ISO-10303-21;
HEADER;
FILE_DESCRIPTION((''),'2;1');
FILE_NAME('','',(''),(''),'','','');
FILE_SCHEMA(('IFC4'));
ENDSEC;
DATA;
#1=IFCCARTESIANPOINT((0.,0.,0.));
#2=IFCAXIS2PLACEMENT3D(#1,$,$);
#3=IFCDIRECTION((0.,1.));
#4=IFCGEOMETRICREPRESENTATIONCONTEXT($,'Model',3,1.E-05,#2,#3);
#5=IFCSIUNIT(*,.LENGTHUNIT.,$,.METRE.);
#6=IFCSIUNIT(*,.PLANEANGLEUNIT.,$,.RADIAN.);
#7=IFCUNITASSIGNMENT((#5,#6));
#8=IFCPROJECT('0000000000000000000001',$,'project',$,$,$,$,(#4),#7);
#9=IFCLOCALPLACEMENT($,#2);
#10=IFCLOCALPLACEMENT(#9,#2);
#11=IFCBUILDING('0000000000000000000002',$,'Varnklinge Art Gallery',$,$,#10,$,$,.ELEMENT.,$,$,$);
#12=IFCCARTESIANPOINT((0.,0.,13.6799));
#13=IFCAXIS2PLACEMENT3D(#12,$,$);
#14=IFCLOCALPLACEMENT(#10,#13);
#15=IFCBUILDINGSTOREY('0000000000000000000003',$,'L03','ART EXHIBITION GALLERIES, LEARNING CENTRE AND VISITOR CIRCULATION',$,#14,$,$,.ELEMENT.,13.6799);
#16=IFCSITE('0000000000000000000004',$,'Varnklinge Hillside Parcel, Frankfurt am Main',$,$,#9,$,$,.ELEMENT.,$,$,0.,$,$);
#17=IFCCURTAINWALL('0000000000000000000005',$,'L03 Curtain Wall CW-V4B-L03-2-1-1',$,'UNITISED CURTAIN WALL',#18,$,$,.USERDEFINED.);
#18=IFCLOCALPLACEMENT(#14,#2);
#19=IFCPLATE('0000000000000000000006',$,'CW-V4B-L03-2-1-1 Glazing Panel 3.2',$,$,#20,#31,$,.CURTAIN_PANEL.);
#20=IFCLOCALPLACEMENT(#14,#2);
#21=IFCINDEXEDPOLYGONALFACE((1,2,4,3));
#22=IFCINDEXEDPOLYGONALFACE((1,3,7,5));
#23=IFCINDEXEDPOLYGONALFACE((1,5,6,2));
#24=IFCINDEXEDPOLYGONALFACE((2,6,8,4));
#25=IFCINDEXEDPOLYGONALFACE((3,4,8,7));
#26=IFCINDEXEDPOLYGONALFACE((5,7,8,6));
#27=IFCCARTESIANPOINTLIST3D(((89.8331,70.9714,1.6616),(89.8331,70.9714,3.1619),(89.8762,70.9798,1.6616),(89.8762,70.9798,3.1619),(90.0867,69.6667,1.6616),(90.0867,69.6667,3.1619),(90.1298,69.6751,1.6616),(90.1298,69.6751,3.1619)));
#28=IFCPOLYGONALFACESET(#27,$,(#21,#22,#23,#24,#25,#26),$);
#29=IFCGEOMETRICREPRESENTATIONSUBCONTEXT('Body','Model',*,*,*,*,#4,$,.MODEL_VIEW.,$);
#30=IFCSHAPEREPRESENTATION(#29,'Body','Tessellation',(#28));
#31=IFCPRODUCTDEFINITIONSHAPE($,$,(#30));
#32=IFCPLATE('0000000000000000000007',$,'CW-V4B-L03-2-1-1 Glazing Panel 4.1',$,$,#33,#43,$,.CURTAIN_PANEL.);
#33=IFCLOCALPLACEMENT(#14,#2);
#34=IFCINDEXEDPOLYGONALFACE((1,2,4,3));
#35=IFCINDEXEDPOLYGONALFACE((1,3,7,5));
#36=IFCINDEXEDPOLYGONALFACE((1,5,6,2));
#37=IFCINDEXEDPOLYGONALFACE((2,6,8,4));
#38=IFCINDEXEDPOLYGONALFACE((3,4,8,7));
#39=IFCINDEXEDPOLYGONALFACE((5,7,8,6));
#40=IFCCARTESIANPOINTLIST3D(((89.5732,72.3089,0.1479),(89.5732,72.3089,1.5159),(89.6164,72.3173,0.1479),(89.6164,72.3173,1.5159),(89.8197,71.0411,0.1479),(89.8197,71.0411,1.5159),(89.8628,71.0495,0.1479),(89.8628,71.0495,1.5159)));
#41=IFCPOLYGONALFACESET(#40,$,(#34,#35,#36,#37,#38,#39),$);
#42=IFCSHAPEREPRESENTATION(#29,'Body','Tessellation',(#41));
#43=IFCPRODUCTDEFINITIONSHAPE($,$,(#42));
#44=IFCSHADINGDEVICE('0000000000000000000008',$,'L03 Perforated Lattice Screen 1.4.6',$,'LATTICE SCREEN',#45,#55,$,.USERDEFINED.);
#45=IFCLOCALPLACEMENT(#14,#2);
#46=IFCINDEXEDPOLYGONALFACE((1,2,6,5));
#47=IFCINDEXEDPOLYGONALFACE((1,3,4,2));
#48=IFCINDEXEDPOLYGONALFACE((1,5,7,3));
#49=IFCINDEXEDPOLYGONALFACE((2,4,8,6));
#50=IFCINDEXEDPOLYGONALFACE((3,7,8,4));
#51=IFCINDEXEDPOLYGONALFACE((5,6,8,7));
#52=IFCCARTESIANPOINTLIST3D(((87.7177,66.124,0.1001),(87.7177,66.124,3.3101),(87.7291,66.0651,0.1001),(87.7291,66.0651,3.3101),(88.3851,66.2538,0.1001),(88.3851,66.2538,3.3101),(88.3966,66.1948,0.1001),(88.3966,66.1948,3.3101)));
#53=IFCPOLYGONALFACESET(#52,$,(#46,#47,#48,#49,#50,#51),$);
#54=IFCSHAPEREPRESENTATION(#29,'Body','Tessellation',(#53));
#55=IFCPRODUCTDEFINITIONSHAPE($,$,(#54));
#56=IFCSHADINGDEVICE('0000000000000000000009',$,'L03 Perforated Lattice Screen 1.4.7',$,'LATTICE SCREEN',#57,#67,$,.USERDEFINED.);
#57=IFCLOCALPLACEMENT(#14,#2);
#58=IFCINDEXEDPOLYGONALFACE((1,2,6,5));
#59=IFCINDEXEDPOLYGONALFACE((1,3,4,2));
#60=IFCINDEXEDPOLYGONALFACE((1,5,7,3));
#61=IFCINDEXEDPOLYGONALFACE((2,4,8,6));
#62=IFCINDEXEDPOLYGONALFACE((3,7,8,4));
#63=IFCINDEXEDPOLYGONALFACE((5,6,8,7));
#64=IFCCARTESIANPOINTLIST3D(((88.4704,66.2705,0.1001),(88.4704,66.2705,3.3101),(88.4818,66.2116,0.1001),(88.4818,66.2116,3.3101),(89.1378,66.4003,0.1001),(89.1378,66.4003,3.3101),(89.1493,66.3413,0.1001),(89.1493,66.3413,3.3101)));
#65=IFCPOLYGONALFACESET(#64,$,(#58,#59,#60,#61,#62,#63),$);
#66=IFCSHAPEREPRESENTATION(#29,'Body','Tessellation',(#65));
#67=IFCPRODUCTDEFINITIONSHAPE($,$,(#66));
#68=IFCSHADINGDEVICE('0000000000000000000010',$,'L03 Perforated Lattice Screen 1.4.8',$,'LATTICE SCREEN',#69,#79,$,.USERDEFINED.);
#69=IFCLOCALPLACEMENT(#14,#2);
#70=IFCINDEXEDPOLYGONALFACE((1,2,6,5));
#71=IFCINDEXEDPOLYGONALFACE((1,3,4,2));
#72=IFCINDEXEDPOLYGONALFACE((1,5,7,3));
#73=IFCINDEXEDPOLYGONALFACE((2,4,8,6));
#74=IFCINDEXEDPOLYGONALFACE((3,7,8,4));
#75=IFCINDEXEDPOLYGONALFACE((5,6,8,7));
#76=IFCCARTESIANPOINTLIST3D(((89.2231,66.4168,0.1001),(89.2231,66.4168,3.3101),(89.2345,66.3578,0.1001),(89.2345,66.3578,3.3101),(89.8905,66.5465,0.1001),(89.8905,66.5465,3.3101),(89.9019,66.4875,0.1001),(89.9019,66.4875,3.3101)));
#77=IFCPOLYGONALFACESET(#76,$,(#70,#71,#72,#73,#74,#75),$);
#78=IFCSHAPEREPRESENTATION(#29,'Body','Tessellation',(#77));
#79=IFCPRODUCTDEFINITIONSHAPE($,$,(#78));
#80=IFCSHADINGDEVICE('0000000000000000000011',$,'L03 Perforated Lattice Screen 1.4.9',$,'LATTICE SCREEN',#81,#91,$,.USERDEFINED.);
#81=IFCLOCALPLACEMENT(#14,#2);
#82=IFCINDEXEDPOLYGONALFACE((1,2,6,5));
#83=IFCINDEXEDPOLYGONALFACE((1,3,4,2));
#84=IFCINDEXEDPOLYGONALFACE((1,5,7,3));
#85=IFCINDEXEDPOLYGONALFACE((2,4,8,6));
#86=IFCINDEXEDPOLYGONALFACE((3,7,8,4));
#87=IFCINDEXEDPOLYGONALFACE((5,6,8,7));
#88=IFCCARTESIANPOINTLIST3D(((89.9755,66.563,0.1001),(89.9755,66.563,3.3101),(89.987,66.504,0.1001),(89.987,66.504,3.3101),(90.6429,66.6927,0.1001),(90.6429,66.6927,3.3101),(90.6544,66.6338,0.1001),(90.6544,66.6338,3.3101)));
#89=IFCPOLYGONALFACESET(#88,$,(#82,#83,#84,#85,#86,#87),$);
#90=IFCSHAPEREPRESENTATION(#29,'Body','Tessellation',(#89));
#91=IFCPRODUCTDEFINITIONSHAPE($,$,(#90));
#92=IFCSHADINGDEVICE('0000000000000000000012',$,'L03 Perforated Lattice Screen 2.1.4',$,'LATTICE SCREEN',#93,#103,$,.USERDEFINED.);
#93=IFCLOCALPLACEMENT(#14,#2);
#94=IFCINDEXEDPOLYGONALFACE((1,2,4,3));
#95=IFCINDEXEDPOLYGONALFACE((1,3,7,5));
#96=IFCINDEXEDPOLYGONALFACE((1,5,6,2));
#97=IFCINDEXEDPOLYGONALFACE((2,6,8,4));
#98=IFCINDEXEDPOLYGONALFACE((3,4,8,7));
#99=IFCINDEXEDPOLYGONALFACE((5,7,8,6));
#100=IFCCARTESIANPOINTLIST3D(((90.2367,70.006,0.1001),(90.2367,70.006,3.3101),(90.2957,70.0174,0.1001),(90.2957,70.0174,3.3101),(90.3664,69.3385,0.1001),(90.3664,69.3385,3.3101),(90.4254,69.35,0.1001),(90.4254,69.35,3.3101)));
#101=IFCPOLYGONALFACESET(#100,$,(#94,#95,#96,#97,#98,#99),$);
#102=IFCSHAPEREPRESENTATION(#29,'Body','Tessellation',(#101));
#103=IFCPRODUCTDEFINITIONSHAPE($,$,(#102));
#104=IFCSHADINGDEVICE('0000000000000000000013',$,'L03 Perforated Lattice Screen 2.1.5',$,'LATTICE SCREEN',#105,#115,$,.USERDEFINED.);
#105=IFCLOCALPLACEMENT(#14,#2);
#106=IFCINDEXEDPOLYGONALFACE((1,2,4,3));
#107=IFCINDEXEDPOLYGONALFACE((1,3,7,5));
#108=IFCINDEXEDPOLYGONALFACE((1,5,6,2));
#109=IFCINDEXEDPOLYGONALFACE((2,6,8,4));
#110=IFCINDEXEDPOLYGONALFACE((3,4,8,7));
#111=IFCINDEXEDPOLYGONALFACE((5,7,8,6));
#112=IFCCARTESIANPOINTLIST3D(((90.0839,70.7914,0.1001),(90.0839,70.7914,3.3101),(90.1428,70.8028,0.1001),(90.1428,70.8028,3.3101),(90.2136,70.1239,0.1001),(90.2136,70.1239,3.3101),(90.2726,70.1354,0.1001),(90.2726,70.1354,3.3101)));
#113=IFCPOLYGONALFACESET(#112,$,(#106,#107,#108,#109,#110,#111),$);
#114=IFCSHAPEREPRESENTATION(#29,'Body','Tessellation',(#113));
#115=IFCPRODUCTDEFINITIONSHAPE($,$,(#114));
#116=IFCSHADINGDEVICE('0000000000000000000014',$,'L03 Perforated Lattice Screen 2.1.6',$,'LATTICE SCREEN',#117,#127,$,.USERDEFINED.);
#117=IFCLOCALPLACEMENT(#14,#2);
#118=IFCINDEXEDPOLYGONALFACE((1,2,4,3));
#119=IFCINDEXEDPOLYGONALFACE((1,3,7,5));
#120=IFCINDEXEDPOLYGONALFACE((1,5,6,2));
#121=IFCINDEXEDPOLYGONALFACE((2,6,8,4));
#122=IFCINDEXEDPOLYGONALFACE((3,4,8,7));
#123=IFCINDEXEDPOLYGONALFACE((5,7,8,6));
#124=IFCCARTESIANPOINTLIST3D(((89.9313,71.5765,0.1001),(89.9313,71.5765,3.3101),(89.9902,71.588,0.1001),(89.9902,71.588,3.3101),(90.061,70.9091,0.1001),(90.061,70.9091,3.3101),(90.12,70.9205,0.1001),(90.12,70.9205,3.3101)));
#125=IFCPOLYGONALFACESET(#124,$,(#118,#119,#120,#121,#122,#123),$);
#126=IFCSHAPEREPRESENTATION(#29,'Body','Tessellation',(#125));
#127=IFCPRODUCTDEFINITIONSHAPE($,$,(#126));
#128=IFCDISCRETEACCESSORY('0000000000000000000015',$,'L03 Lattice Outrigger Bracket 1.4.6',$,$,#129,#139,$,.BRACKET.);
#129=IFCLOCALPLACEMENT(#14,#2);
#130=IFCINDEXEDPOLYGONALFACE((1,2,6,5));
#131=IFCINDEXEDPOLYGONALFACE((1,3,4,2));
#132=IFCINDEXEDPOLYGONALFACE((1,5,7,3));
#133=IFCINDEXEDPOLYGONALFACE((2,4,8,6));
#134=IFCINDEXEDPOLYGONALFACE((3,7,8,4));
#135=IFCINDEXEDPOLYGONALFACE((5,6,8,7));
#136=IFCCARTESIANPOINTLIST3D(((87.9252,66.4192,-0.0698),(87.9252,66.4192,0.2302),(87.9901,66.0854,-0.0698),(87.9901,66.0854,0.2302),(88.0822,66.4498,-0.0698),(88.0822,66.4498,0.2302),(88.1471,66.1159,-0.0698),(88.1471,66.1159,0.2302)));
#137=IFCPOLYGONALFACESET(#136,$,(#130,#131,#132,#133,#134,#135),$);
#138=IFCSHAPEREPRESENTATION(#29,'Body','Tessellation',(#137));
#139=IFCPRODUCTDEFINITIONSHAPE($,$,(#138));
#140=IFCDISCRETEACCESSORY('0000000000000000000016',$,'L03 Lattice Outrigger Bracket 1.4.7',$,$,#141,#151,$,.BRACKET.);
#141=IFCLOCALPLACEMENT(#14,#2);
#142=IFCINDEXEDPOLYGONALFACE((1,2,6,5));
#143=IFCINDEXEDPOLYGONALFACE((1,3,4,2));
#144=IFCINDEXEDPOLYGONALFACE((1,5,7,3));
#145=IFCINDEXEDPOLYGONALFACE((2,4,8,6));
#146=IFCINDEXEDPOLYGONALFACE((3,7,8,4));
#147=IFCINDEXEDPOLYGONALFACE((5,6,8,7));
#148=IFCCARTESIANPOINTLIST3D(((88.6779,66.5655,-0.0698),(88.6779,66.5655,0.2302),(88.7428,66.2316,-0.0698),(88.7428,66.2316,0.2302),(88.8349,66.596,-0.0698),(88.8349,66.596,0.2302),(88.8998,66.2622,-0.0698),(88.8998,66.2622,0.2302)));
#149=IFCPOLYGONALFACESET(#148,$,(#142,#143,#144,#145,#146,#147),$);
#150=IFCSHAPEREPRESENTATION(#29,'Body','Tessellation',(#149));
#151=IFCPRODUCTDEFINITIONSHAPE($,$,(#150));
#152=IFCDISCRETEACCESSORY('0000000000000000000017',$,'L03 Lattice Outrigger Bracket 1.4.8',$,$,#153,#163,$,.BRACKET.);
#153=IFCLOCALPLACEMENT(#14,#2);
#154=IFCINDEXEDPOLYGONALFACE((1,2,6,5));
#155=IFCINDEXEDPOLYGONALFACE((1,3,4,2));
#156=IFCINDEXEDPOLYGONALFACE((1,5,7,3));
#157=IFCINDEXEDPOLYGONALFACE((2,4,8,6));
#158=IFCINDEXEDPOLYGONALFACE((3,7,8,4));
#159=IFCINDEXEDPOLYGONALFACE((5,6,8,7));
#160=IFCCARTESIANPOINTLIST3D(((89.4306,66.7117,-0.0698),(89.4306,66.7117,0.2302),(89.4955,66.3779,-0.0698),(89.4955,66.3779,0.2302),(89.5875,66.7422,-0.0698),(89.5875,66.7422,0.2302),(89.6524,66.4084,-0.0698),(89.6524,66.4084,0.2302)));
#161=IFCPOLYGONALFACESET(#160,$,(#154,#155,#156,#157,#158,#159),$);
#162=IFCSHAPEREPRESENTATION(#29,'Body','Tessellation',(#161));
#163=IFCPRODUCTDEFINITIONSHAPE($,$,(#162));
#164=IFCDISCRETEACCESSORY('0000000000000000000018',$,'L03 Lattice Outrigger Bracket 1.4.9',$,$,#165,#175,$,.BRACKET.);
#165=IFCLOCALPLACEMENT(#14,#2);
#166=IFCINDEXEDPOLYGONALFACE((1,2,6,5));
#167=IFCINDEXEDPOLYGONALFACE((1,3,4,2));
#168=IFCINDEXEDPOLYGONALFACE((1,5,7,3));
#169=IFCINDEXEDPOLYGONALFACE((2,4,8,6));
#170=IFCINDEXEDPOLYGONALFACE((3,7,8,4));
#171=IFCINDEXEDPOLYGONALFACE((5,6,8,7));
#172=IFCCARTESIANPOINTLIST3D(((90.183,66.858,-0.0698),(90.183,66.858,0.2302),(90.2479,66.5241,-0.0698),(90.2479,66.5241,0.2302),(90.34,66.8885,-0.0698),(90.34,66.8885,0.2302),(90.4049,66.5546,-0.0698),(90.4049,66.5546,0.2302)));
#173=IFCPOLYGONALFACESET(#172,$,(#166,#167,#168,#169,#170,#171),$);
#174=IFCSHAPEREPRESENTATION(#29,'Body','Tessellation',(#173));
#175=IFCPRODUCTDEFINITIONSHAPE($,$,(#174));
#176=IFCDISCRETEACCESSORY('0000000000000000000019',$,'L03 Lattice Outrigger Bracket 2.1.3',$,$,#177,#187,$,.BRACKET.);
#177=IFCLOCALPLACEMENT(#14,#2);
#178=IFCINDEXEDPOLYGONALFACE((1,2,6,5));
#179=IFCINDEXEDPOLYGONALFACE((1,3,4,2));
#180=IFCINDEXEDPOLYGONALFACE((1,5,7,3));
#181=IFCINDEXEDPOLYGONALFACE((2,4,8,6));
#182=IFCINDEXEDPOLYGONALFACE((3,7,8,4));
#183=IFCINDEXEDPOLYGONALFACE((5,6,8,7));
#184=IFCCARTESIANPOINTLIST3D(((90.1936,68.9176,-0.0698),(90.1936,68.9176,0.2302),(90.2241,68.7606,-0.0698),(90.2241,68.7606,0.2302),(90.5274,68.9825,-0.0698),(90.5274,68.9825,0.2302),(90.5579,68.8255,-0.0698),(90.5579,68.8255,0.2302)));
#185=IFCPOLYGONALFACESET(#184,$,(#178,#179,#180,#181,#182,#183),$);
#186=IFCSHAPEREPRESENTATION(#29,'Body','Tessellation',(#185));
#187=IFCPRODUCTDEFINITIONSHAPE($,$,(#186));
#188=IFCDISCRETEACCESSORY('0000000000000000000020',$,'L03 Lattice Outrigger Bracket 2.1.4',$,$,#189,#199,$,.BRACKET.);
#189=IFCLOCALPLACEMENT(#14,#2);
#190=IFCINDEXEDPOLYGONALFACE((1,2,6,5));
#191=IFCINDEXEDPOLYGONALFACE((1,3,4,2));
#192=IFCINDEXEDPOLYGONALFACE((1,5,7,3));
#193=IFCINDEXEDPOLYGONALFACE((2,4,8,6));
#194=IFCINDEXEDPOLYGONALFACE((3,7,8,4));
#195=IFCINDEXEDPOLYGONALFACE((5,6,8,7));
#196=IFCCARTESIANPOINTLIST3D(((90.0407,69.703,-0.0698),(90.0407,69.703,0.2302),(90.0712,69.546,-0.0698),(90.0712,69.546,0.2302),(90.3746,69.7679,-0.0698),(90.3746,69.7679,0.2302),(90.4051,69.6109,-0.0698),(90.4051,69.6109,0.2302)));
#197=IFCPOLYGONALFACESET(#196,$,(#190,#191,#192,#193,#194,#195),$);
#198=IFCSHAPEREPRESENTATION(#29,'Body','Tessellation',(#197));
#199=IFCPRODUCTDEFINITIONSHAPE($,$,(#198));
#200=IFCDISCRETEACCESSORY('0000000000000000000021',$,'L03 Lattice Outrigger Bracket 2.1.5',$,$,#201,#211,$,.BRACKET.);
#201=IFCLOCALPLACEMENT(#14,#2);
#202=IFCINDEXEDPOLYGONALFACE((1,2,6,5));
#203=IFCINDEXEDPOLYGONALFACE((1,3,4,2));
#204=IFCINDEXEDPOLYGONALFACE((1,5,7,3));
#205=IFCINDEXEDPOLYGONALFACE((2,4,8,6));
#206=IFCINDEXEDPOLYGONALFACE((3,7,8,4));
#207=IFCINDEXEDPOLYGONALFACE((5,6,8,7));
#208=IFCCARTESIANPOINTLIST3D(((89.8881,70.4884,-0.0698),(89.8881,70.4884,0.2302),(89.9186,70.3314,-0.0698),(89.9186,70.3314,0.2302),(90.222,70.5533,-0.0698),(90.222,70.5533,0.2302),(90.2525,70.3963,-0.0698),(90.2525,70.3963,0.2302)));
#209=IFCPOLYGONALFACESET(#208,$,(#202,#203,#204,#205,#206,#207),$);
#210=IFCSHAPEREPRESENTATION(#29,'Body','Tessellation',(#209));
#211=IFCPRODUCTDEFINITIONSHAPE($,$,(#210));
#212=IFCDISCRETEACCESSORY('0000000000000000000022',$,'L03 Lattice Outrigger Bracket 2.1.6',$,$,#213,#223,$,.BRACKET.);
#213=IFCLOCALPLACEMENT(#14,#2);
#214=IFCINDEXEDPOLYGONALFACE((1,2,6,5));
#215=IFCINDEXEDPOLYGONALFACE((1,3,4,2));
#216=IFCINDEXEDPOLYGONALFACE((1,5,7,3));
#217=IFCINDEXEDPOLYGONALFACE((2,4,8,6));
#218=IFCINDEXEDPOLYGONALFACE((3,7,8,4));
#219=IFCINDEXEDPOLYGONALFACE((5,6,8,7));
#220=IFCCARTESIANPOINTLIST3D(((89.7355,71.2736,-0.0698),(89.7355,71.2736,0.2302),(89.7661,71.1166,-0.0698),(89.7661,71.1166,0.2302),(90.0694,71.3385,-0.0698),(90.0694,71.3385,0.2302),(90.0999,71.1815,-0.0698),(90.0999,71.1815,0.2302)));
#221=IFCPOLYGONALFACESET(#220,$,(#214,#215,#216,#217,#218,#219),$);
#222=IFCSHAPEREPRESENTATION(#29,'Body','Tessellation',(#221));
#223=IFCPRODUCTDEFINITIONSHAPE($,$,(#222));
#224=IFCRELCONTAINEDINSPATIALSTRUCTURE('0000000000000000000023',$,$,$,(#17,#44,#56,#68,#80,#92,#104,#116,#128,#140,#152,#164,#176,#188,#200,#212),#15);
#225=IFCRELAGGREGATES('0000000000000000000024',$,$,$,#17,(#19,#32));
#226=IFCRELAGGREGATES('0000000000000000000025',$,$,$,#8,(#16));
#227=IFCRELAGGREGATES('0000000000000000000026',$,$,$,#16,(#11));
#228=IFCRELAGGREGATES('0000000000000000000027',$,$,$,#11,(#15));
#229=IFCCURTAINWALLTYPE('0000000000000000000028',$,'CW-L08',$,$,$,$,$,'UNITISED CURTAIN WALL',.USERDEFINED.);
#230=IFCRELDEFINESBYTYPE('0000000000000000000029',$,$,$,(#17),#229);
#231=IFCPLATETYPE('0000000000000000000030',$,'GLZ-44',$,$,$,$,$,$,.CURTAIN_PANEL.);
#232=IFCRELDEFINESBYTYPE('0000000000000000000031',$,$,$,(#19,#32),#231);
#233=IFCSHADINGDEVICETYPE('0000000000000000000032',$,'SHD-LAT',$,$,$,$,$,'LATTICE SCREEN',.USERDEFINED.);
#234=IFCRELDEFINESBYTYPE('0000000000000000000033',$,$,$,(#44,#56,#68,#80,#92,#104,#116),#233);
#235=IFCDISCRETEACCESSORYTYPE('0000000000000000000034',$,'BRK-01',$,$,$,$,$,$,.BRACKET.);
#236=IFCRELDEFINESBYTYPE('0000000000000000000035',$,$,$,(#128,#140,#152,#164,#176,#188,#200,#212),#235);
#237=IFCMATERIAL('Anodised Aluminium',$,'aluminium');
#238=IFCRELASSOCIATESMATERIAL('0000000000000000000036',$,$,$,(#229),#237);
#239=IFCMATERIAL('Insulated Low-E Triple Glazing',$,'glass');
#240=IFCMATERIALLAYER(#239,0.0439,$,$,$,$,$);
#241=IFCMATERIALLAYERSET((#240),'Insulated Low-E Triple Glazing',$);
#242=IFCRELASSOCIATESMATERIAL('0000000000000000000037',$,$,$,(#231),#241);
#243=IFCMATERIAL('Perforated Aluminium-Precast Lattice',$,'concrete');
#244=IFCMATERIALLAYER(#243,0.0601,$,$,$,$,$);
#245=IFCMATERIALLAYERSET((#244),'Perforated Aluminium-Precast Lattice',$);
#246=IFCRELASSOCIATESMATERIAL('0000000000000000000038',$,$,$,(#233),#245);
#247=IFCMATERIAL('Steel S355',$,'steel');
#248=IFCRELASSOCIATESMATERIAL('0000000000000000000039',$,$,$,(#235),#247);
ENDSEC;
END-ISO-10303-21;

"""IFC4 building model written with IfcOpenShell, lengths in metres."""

from ifc_helpers import new_model, si_unit, direction, frame, origin, origin_2d, place, context, subcontext, project, spatial, rectangle, extrude, material, layer, layer_set, type_object, element, aggregate, save


model = new_model("IFC4")

# Units and contexts
model_context = context("Model", 3, precision=1e-05, world=origin(), true_north=direction((0.0, 1.0)))
body_context = subcontext(model_context, "Body", "Model", "MODEL_VIEW")
ifc_project = project(units=[si_unit("LENGTHUNIT", "METRE"), si_unit("PLANEANGLEUNIT", "RADIAN")], contexts=[model_context])

# Site, building, storey
site_placement = place(None, origin())
site = spatial("IfcSite", under=ifc_project, at=site_placement, Name="Varnklinge Hillside Parcel, Frankfurt am Main", CompositionType="ELEMENT", RefElevation=0.0)
building_placement = place(site_placement, origin())
building = spatial("IfcBuilding", under=site, at=building_placement, Name="Varnklinge Art Gallery", CompositionType="ELEMENT")
storey_placement = place(building_placement, frame((0.0, 0.0, 13.6799)))
storey = spatial("IfcBuildingStorey", under=building, at=storey_placement, Name="L03", Description="ART EXHIBITION GALLERIES, LEARNING CENTRE AND VISITOR CIRCULATION", CompositionType="ELEMENT", Elevation=13.6799)

# Curtain wall
ifc_material_1 = material(Name="Anodised Aluminium", Category="aluminium")
curtain_wall_type_1 = type_object("IfcCurtainWallType", Name="CW-L08", ElementType="UNITISED CURTAIN WALL", PredefinedType="USERDEFINED", material=ifc_material_1)
curtain_wall_1_placement = place(storey_placement, origin())
curtain_wall_1 = element("IfcCurtainWall", 1, at=curtain_wall_1_placement, inside=storey, type_object=curtain_wall_type_1, Name="L03 Curtain Wall CW-V4B-L03-2-1-1", ObjectType="UNITISED CURTAIN WALL", PredefinedType="USERDEFINED")

# Plates
ifc_material_2 = material(Name="Insulated Low-E Triple Glazing", Category="glass")
ifc_layer_1 = layer(ifc_material_2, 0.0439)
ifc_layer_set_1 = layer_set([ifc_layer_1], Name="Insulated Low-E Triple Glazing")
plate_type = type_object("IfcPlateType", Name="GLZ-44", PredefinedType="CURTAIN_PANEL", material=ifc_layer_set_1)
plate_1_placement = place(storey_placement, frame((89.9814, 70.3232, 1.6616), z_axis=(0.0, 0.0, 1.0), x_axis=(-0.190809, 0.981627, 0.0)))
plate_1 = element("IfcPlate", 2, at=plate_1_placement, type_object=plate_type, Name="CW-V4B-L03-2-1-1 Glazing Panel 3.2", PredefinedType="CURTAIN_PANEL", context=body_context, shape_type="SweptSolid", body=[
    extrude(rectangle(XDim=1.3291, YDim=0.0439, at=origin_2d()), origin(), (0.0, 0.0, 1.0), 1.5002),
])
plate_2_placement = place(storey_placement, frame((89.718, 71.6792, 0.1479), z_axis=(0.0, 0.0, 1.0), x_axis=(-0.190809, 0.981627, 0.0)))
plate_2 = element("IfcPlate", 3, at=plate_2_placement, type_object=plate_type, Name="CW-V4B-L03-2-1-1 Glazing Panel 4.1", PredefinedType="CURTAIN_PANEL", context=body_context, shape_type="SweptSolid", body=[
    extrude(rectangle(XDim=1.2915, YDim=0.0439, at=origin_2d()), origin(), (0.0, 0.0, 1.0), 1.3679),
])
aggregate(curtain_wall_1, [plate_1, plate_2])

# Shading devices
ifc_material_3 = material(Name="Perforated Aluminium-Precast Lattice", Category="concrete")
ifc_layer_2 = layer(ifc_material_3, 0.0601)
ifc_layer_set_2 = layer_set([ifc_layer_2], Name="Perforated Aluminium-Precast Lattice")
shading_device_type = type_object("IfcShadingDeviceType", Name="SHD-LAT", ElementType="LATTICE SCREEN", PredefinedType="USERDEFINED", material=ifc_layer_set_2)
for number, where, z_axis, x_axis, name in (
    (4, (88.0571, 66.1594, 0.1001), (0.0, 0.0, 1.0), (0.981627, 0.190809, 0.0), "L03 Perforated Lattice Screen 1.4.6"),
    (5, (88.8098, 66.3059, 0.1001), (0.0, 0.0, 1.0), (0.981627, 0.190809, 0.0), "L03 Perforated Lattice Screen 1.4.7"),
    (6, (89.5625, 66.4521, 0.1001), (0.0, 0.0, 1.0), (0.981627, 0.190809, 0.0), "L03 Perforated Lattice Screen 1.4.8"),
    (7, (90.3149, 66.5984, 0.1001), (0.0, 0.0, 1.0), (0.981627, 0.190809, 0.0), "L03 Perforated Lattice Screen 1.4.9"),
    (8, (90.3311, 69.678, 0.1001), (0.0, 0.0, 1.0), (-0.190809, 0.981627, 0.0), "L03 Perforated Lattice Screen 2.1.4"),
    (9, (90.1782, 70.4634, 0.1001), (0.0, 0.0, 1.0), (-0.190809, 0.981627, 0.0), "L03 Perforated Lattice Screen 2.1.5"),
    (10, (90.0256, 71.2485, 0.1001), (0.0, 0.0, 1.0), (-0.190809, 0.981627, 0.0), "L03 Perforated Lattice Screen 2.1.6"),
):
    element("IfcShadingDevice", number, at=place(storey_placement, frame(where, z_axis=z_axis, x_axis=x_axis)), inside=storey, type_object=shading_device_type, Name=name, ObjectType="LATTICE SCREEN", PredefinedType="USERDEFINED", context=body_context, shape_type="SweptSolid", body=[
        extrude(rectangle(XDim=0.6799, YDim=0.0601, at=origin_2d()), origin(), (0.0, 0.0, 1.0), 3.21),
    ])

# Discrete accessories
ifc_material_4 = material(Name="Steel S355", Category="steel")
discrete_accessory_type = type_object("IfcDiscreteAccessoryType", Name="BRK-01", PredefinedType="BRACKET", material=ifc_material_4)
for number, where, z_axis, x_axis, name in (
    (11, (88.0361, 66.2676, -0.0698), (0.0, 0.0, 1.0), (0.981627, 0.190809, 0.0), "L03 Lattice Outrigger Bracket 1.4.6"),
    (12, (88.7888, 66.4138, -0.0698), (0.0, 0.0, 1.0), (0.981627, 0.190809, 0.0), "L03 Lattice Outrigger Bracket 1.4.7"),
    (13, (89.5415, 66.5601, -0.0698), (0.0, 0.0, 1.0), (0.981627, 0.190809, 0.0), "L03 Lattice Outrigger Bracket 1.4.8"),
    (14, (90.2939, 66.7063, -0.0698), (0.0, 0.0, 1.0), (0.981627, 0.190809, 0.0), "L03 Lattice Outrigger Bracket 1.4.9"),
    (15, (90.3757, 68.8716, -0.0698), (0.0, 0.0, 1.0), (-0.190809, 0.981627, 0.0), "L03 Lattice Outrigger Bracket 2.1.3"),
    (16, (90.2229, 69.657, -0.0698), (0.0, 0.0, 1.0), (-0.190809, 0.981627, 0.0), "L03 Lattice Outrigger Bracket 2.1.4"),
    (17, (90.0703, 70.4424, -0.0698), (0.0, 0.0, 1.0), (-0.190809, 0.981627, 0.0), "L03 Lattice Outrigger Bracket 2.1.5"),
    (18, (89.9177, 71.2275, -0.0698), (0.0, 0.0, 1.0), (-0.190809, 0.981627, 0.0), "L03 Lattice Outrigger Bracket 2.1.6"),
):
    element("IfcDiscreteAccessory", number, at=place(storey_placement, frame(where, z_axis=z_axis, x_axis=x_axis)), inside=storey, type_object=discrete_accessory_type, Name=name, PredefinedType="BRACKET", context=body_context, shape_type="SweptSolid", body=[
        extrude(rectangle(XDim=0.1599, YDim=0.3401, at=origin_2d()), origin(), (0.0, 0.0, 1.0), 0.3),
    ])

save(model, "model.ifc")
